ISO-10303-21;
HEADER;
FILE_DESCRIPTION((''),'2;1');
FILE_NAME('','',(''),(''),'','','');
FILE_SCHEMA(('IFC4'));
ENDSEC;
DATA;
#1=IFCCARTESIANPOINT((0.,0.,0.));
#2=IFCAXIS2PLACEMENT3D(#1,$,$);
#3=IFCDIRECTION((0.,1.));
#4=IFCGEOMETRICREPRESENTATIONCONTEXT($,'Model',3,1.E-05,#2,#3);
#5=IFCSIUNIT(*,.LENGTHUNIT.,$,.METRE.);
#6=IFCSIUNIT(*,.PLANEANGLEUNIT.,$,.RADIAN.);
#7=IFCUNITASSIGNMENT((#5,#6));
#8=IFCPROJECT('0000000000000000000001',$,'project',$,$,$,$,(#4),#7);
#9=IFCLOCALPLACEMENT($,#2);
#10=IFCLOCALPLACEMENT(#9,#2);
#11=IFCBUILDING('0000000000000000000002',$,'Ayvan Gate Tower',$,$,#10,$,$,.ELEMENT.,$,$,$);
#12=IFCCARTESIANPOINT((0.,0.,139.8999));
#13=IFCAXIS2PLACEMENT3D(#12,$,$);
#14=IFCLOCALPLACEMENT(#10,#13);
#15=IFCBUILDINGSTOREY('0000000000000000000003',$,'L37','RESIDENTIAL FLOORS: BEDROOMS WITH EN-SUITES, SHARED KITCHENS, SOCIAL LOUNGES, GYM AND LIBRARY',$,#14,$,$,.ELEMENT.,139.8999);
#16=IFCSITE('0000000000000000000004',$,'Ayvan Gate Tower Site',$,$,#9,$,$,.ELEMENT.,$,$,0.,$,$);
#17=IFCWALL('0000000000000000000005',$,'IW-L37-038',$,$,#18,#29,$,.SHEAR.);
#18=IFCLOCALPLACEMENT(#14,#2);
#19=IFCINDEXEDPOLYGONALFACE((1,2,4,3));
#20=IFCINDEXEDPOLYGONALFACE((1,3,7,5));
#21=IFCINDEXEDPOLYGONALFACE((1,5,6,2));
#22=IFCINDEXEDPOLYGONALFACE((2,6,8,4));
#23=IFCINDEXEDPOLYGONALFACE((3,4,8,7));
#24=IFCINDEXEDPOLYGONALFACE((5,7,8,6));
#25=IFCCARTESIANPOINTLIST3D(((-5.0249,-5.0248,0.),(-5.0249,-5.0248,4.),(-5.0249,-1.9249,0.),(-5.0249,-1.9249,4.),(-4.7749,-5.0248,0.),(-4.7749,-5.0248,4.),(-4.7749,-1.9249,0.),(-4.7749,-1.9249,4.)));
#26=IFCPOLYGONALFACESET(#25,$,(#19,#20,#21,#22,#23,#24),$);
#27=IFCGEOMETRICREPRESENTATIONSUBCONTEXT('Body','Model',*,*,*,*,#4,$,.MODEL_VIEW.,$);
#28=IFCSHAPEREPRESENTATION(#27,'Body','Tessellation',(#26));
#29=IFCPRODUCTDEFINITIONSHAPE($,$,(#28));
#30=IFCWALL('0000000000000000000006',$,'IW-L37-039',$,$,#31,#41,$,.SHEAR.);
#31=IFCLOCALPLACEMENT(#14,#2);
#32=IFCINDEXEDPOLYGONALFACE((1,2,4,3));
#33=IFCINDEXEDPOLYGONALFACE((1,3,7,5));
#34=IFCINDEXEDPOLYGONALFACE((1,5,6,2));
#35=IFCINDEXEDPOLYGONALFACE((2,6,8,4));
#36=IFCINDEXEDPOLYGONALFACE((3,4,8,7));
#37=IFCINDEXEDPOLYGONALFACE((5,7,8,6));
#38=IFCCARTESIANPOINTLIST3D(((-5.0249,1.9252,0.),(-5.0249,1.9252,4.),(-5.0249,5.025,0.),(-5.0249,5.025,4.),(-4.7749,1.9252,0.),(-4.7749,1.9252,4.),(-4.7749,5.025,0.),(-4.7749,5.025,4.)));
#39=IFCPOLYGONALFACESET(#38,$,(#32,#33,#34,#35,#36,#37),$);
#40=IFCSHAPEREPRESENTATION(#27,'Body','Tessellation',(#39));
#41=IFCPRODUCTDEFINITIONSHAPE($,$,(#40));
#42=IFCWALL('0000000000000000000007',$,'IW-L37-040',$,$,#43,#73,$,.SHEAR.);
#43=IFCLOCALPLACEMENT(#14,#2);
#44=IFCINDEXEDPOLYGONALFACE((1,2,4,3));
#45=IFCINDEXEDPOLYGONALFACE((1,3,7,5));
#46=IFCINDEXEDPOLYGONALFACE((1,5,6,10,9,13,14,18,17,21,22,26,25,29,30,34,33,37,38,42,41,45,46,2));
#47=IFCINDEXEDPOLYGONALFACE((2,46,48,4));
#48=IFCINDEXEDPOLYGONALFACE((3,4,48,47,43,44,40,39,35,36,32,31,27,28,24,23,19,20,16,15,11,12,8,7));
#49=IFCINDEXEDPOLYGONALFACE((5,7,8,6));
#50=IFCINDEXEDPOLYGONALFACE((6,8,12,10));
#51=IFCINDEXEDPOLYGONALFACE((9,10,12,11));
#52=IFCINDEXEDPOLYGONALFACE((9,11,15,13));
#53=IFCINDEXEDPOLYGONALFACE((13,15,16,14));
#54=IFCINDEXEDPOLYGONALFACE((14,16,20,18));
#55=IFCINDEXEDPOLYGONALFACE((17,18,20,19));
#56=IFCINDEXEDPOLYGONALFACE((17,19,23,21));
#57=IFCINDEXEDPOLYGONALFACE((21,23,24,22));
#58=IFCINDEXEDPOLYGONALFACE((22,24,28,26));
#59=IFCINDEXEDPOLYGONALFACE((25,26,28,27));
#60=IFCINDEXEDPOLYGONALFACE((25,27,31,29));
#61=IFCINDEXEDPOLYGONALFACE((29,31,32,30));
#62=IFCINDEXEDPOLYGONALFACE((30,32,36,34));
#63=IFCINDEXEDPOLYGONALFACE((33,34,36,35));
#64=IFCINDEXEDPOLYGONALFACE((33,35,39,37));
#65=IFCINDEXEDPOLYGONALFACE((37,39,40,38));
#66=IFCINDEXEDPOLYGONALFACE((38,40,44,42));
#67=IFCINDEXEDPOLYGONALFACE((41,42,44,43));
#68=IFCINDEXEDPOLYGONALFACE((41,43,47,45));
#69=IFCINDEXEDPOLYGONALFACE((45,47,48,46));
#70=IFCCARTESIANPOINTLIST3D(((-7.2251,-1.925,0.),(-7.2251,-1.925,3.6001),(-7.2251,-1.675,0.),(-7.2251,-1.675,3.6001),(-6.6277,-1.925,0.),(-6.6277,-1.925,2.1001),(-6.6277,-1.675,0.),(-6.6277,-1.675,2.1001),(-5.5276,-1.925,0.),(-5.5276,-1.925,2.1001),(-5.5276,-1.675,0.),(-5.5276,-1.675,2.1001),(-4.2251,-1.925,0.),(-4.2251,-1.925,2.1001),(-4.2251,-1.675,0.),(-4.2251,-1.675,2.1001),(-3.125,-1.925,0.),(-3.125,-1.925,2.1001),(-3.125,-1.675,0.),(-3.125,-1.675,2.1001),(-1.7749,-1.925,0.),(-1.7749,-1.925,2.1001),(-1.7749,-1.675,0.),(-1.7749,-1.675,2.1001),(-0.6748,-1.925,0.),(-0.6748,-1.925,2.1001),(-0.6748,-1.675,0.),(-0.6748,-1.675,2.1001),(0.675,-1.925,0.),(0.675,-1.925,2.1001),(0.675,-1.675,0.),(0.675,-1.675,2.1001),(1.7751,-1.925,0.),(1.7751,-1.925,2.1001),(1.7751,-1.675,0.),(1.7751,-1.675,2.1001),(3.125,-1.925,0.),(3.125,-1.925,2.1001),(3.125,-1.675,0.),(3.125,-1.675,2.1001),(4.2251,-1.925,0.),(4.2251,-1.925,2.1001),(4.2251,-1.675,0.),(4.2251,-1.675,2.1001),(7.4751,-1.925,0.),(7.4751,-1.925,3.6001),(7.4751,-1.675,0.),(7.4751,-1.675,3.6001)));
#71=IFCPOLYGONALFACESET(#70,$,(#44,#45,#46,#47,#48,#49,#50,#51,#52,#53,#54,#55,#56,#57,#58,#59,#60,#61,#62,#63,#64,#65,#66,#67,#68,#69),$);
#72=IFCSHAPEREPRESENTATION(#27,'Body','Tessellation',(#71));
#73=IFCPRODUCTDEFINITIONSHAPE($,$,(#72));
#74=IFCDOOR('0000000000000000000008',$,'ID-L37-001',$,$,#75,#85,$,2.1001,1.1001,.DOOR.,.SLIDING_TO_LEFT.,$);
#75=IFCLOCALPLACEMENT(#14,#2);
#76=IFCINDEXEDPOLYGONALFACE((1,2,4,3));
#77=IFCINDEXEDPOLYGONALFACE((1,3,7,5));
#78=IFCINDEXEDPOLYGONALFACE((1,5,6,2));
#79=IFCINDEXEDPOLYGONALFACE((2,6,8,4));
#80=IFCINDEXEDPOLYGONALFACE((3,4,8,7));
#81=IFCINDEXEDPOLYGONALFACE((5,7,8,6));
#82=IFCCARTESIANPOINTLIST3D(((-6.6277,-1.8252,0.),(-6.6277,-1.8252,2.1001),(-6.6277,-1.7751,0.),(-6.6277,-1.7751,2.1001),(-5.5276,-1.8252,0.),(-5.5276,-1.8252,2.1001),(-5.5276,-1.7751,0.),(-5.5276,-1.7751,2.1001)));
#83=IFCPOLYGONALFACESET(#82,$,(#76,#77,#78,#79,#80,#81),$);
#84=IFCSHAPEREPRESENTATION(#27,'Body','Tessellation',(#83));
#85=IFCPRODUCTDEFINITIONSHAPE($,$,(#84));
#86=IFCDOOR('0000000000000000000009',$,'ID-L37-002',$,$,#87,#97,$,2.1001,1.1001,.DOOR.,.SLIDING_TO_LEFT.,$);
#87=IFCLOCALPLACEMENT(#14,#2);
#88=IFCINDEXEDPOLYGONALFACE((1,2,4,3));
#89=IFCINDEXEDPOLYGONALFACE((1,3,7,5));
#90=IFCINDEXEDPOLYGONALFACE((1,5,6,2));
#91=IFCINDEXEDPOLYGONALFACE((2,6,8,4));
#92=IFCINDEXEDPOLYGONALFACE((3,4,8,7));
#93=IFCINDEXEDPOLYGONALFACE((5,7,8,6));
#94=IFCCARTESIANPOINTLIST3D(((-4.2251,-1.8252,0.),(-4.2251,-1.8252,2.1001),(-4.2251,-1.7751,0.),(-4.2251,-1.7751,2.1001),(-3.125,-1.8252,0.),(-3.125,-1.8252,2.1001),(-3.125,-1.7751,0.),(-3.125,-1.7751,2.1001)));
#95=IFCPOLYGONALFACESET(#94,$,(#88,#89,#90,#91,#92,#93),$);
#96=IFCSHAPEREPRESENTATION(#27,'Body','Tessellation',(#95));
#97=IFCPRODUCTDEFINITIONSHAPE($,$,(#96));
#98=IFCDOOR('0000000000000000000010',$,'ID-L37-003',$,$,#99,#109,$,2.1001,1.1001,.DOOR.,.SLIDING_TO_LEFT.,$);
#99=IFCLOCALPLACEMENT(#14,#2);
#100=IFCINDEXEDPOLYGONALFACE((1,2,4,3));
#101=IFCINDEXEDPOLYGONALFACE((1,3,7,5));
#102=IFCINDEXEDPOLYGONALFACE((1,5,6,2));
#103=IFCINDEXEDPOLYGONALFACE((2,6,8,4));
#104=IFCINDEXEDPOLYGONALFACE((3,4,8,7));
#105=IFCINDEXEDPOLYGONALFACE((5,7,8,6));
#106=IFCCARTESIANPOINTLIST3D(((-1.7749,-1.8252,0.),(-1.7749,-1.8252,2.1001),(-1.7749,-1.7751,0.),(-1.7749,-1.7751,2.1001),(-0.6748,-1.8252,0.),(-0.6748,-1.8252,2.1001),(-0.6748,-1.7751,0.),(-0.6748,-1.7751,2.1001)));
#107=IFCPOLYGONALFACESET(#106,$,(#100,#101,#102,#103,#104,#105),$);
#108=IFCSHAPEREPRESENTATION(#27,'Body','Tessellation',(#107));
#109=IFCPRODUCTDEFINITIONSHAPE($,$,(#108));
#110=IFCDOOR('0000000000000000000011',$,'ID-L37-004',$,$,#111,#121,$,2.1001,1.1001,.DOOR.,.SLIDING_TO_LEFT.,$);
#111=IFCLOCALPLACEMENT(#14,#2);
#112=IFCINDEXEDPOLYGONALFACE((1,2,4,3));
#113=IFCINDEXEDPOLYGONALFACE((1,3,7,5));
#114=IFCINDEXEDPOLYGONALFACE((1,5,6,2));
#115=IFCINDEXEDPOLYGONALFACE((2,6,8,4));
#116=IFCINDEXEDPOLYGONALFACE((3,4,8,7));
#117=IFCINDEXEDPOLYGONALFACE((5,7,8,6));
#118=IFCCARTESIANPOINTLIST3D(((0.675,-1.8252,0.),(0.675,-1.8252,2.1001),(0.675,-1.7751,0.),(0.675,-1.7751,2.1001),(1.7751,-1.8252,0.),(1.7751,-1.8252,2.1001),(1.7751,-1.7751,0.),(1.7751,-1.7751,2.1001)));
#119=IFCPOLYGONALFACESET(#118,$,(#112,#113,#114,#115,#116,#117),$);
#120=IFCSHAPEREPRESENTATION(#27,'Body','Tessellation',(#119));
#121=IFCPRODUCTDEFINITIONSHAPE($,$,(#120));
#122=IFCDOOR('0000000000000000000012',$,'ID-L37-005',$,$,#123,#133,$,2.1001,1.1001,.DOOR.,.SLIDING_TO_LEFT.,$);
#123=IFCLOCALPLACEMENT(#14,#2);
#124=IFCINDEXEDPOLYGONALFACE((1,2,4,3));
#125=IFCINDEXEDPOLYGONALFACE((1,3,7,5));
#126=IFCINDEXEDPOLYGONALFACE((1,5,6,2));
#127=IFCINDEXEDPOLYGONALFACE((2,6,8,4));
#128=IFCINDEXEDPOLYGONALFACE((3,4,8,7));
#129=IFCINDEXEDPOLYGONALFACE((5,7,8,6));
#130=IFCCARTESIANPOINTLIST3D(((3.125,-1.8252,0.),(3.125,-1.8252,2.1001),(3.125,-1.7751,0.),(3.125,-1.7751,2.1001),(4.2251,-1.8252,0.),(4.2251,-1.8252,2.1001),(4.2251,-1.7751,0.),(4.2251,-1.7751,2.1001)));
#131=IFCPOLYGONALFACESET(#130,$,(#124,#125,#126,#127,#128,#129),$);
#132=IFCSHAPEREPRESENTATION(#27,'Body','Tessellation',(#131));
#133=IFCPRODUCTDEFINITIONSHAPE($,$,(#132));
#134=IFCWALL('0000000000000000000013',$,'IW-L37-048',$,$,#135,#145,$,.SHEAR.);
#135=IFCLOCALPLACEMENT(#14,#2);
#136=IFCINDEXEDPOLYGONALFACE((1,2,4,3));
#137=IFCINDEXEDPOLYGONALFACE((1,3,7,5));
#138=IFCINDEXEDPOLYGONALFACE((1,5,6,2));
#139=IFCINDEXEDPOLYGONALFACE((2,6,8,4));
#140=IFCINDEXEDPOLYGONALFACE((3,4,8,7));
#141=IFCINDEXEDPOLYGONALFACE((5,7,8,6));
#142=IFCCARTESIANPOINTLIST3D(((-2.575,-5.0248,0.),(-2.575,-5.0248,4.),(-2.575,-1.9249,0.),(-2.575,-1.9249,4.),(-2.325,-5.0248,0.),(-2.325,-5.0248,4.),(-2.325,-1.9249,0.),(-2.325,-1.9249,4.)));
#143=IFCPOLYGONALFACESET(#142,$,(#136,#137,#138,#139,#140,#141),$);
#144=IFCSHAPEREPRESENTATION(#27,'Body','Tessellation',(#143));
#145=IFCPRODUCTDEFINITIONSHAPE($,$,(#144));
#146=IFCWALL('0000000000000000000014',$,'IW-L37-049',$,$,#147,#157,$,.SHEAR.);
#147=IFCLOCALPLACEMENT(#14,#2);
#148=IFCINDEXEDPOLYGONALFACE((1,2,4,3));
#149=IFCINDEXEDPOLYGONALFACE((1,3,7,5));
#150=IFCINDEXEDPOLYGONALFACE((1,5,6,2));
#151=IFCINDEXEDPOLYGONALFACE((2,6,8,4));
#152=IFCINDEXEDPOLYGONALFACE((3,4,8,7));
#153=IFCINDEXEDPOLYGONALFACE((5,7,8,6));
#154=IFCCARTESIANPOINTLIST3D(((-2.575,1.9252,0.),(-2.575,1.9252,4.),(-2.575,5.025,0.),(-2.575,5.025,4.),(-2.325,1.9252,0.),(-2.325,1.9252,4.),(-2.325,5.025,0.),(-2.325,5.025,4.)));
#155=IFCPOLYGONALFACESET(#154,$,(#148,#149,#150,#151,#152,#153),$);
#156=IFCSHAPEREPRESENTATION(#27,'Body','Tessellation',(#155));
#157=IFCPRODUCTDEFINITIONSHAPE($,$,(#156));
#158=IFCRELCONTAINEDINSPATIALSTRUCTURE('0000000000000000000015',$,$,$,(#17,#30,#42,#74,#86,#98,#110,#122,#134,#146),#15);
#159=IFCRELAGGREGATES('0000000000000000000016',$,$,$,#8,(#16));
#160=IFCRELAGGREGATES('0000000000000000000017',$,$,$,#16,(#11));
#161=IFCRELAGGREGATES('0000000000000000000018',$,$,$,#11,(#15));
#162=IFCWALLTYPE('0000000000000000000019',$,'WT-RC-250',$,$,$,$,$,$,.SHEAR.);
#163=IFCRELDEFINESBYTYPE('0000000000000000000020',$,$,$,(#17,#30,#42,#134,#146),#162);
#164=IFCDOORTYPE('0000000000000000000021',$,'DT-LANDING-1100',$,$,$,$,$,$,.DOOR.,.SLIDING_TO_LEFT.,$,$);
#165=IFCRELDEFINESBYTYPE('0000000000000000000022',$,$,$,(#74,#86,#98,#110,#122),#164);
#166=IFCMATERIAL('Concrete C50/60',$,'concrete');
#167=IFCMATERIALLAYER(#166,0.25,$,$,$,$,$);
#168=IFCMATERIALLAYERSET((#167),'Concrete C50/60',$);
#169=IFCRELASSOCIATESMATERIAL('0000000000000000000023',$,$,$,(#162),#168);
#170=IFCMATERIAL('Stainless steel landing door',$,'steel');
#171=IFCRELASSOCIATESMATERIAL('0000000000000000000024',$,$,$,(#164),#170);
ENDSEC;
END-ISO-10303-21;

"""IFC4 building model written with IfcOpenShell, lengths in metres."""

from ifc_helpers import new_model, si_unit, direction, frame, frame_2d, origin, place, context, subcontext, project, spatial, rectangle, extrude, material, layer, layer_set, type_object, element, fill, save


model = new_model("IFC4")

# Units and contexts
model_context = context("Model", 3, precision=1e-05, world=origin(), true_north=direction((0.0, 1.0)))
body_context = subcontext(model_context, "Body", "Model", "MODEL_VIEW")
ifc_project = project(units=[si_unit("LENGTHUNIT", "METRE"), si_unit("PLANEANGLEUNIT", "RADIAN")], contexts=[model_context])

# Site, building, storey
site_placement = place(None, origin())
site = spatial("IfcSite", under=ifc_project, at=site_placement, Name="Ayvan Gate Tower Site", CompositionType="ELEMENT", RefElevation=0.0)
building_placement = place(site_placement, origin())
building = spatial("IfcBuilding", under=site, at=building_placement, Name="Ayvan Gate Tower", CompositionType="ELEMENT")
storey_placement = place(building_placement, frame((0.0, 0.0, 139.8999)))
storey = spatial("IfcBuildingStorey", under=building, at=storey_placement, Name="L37", Description="RESIDENTIAL FLOORS: BEDROOMS WITH EN-SUITES, SHARED KITCHENS, SOCIAL LOUNGES, GYM AND LIBRARY", CompositionType="ELEMENT", Elevation=139.8999)

# Walls
ifc_material_1 = material(Name="Concrete C50/60", Category="concrete")
ifc_layer_1 = layer(ifc_material_1, 0.25)
ifc_layer_set_1 = layer_set([ifc_layer_1], Name="Concrete C50/60")
wall_type_1 = type_object("IfcWallType", Name="WT-RC-250", PredefinedType="SHEAR", material=ifc_layer_set_1)
for number, where, z_axis, x_axis, name in (
    (1, (-4.8999, -1.925, 0.0), (0.0, 0.0, 1.0), (0.0, -1.0, 0.0), "IW-L37-038"),
    (2, (-4.8999, 5.0249, 0.0), (0.0, 0.0, 1.0), (0.0, -1.0, 0.0), "IW-L37-039"),
):
    element("IfcWall", number, at=place(storey_placement, frame(where, z_axis=z_axis, x_axis=x_axis)), inside=storey, type_object=wall_type_1, Name=name, PredefinedType="SHEAR", context=body_context, shape_type="SweptSolid", body=[
        extrude(rectangle(XDim=3.0999, YDim=0.25, at=frame_2d((1.5498, 0.0))), origin(), (0.0, 0.0, 1.0), 4.0),
    ])

# Wall, openings, doors
wall_1_placement = place(storey_placement, frame((-7.2251, -1.8, 0.0), z_axis=(0.0, 0.0, 1.0), x_axis=(1.0, 0.0, 0.0)))
wall_1 = element("IfcWall", 3, at=wall_1_placement, inside=storey, type_object=wall_type_1, Name="IW-L37-040", PredefinedType="SHEAR", context=body_context, shape_type="SweptSolid", body=[
    extrude(rectangle(XDim=14.7002, YDim=0.25, at=frame_2d((7.3501, 0.0))), origin(), (0.0, 0.0, 1.0), 3.6001),
])
opening_1_placement = place(wall_1_placement, frame((0.5974, 0.0, 0.0)))
opening_1 = element("IfcOpeningElement", 4, at=opening_1_placement, cuts=wall_1, PredefinedType="OPENING", context=body_context, shape_type="SweptSolid", body=[
    extrude(rectangle(XDim=1.1001, YDim=2.1001, at=frame_2d((0.55, 1.05))), frame((0.0, 0.135, 0.0), z_axis=(0.0, -1.0, 0.0), x_axis=(1.0, 0.0, 0.0)), (0.0, 0.0, 1.0), 0.27),
])
opening_2_placement = place(wall_1_placement, frame((3.0, 0.0, 0.0)))
opening_2 = element("IfcOpeningElement", 5, at=opening_2_placement, cuts=wall_1, PredefinedType="OPENING", context=body_context, shape_type="SweptSolid", body=[
    extrude(rectangle(XDim=1.1001, YDim=2.1001, at=frame_2d((0.55, 1.05))), frame((0.0, 0.135, 0.0), z_axis=(0.0, -1.0, 0.0), x_axis=(1.0, 0.0, 0.0)), (0.0, 0.0, 1.0), 0.27),
])
opening_3_placement = place(wall_1_placement, frame((5.4502, 0.0, 0.0)))
opening_3 = element("IfcOpeningElement", 6, at=opening_3_placement, cuts=wall_1, PredefinedType="OPENING", context=body_context, shape_type="SweptSolid", body=[
    extrude(rectangle(XDim=1.1001, YDim=2.1001, at=frame_2d((0.55, 1.05))), frame((0.0, 0.135, 0.0), z_axis=(0.0, -1.0, 0.0), x_axis=(1.0, 0.0, 0.0)), (0.0, 0.0, 1.0), 0.27),
])
opening_4_placement = place(wall_1_placement, frame((7.9001, 0.0, 0.0)))
opening_4 = element("IfcOpeningElement", 7, at=opening_4_placement, cuts=wall_1, PredefinedType="OPENING", context=body_context, shape_type="SweptSolid", body=[
    extrude(rectangle(XDim=1.1001, YDim=2.1001, at=frame_2d((0.55, 1.05))), frame((0.0, 0.135, 0.0), z_axis=(0.0, -1.0, 0.0), x_axis=(1.0, 0.0, 0.0)), (0.0, 0.0, 1.0), 0.27),
])
opening_5_placement = place(wall_1_placement, frame((10.3501, 0.0, 0.0)))
opening_5 = element("IfcOpeningElement", 8, at=opening_5_placement, cuts=wall_1, PredefinedType="OPENING", context=body_context, shape_type="SweptSolid", body=[
    extrude(rectangle(XDim=1.1001, YDim=2.1001, at=frame_2d((0.55, 1.05))), frame((0.0, 0.135, 0.0), z_axis=(0.0, -1.0, 0.0), x_axis=(1.0, 0.0, 0.0)), (0.0, 0.0, 1.0), 0.27),
])
ifc_material_2 = material(Name="Stainless steel landing door", Category="steel")
door_type_1 = type_object("IfcDoorType", Name="DT-LANDING-1100", OperationType="SLIDING_TO_LEFT", PredefinedType="DOOR", material=ifc_material_2)
door_1_placement = place(opening_1_placement, origin())
door_1 = element("IfcDoor", 9, at=door_1_placement, inside=storey, type_object=door_type_1, Name="ID-L37-001", OperationType="SLIDING_TO_LEFT", OverallHeight=2.1001, OverallWidth=1.1001, PredefinedType="DOOR", context=body_context, shape_type="SweptSolid", body=[
    extrude(rectangle(XDim=1.1001, YDim=2.1001, at=frame_2d((0.55, 1.05))), frame((0.0, 0.0249, 0.0), z_axis=(0.0, -1.0, 0.0), x_axis=(1.0, 0.0, 0.0)), (0.0, 0.0, 1.0), 0.05),
])
fill(opening_1, door_1)
door_2_placement = place(opening_2_placement, origin())
door_2 = element("IfcDoor", 10, at=door_2_placement, inside=storey, type_object=door_type_1, Name="ID-L37-002", OperationType="SLIDING_TO_LEFT", OverallHeight=2.1001, OverallWidth=1.1001, PredefinedType="DOOR", context=body_context, shape_type="SweptSolid", body=[
    extrude(rectangle(XDim=1.1001, YDim=2.1001, at=frame_2d((0.55, 1.05))), frame((0.0, 0.0249, 0.0), z_axis=(0.0, -1.0, 0.0), x_axis=(1.0, 0.0, 0.0)), (0.0, 0.0, 1.0), 0.05),
])
fill(opening_2, door_2)
door_3_placement = place(opening_3_placement, origin())
door_3 = element("IfcDoor", 11, at=door_3_placement, inside=storey, type_object=door_type_1, Name="ID-L37-003", OperationType="SLIDING_TO_LEFT", OverallHeight=2.1001, OverallWidth=1.1001, PredefinedType="DOOR", context=body_context, shape_type="SweptSolid", body=[
    extrude(rectangle(XDim=1.1001, YDim=2.1001, at=frame_2d((0.55, 1.05))), frame((0.0, 0.0249, 0.0), z_axis=(0.0, -1.0, 0.0), x_axis=(1.0, 0.0, 0.0)), (0.0, 0.0, 1.0), 0.05),
])
fill(opening_3, door_3)
door_4_placement = place(opening_4_placement, origin())
door_4 = element("IfcDoor", 12, at=door_4_placement, inside=storey, type_object=door_type_1, Name="ID-L37-004", OperationType="SLIDING_TO_LEFT", OverallHeight=2.1001, OverallWidth=1.1001, PredefinedType="DOOR", context=body_context, shape_type="SweptSolid", body=[
    extrude(rectangle(XDim=1.1001, YDim=2.1001, at=frame_2d((0.55, 1.05))), frame((0.0, 0.0249, 0.0), z_axis=(0.0, -1.0, 0.0), x_axis=(1.0, 0.0, 0.0)), (0.0, 0.0, 1.0), 0.05),
])
fill(opening_4, door_4)
door_5_placement = place(opening_5_placement, origin())
door_5 = element("IfcDoor", 13, at=door_5_placement, inside=storey, type_object=door_type_1, Name="ID-L37-005", OperationType="SLIDING_TO_LEFT", OverallHeight=2.1001, OverallWidth=1.1001, PredefinedType="DOOR", context=body_context, shape_type="SweptSolid", body=[
    extrude(rectangle(XDim=1.1001, YDim=2.1001, at=frame_2d((0.55, 1.05))), frame((0.0, 0.0249, 0.0), z_axis=(0.0, -1.0, 0.0), x_axis=(1.0, 0.0, 0.0)), (0.0, 0.0, 1.0), 0.05),
])
fill(opening_5, door_5)

# Walls
for number, where, z_axis, x_axis, name in (
    (14, (-2.45, -1.925, 0.0), (0.0, 0.0, 1.0), (0.0, -1.0, 0.0), "IW-L37-048"),
    (15, (-2.45, 5.0249, 0.0), (0.0, 0.0, 1.0), (0.0, -1.0, 0.0), "IW-L37-049"),
):
    element("IfcWall", number, at=place(storey_placement, frame(where, z_axis=z_axis, x_axis=x_axis)), inside=storey, type_object=wall_type_1, Name=name, PredefinedType="SHEAR", context=body_context, shape_type="SweptSolid", body=[
        extrude(rectangle(XDim=3.0999, YDim=0.25, at=frame_2d((1.5498, 0.0))), origin(), (0.0, 0.0, 1.0), 4.0),
    ])

save(model, "model.ifc")
